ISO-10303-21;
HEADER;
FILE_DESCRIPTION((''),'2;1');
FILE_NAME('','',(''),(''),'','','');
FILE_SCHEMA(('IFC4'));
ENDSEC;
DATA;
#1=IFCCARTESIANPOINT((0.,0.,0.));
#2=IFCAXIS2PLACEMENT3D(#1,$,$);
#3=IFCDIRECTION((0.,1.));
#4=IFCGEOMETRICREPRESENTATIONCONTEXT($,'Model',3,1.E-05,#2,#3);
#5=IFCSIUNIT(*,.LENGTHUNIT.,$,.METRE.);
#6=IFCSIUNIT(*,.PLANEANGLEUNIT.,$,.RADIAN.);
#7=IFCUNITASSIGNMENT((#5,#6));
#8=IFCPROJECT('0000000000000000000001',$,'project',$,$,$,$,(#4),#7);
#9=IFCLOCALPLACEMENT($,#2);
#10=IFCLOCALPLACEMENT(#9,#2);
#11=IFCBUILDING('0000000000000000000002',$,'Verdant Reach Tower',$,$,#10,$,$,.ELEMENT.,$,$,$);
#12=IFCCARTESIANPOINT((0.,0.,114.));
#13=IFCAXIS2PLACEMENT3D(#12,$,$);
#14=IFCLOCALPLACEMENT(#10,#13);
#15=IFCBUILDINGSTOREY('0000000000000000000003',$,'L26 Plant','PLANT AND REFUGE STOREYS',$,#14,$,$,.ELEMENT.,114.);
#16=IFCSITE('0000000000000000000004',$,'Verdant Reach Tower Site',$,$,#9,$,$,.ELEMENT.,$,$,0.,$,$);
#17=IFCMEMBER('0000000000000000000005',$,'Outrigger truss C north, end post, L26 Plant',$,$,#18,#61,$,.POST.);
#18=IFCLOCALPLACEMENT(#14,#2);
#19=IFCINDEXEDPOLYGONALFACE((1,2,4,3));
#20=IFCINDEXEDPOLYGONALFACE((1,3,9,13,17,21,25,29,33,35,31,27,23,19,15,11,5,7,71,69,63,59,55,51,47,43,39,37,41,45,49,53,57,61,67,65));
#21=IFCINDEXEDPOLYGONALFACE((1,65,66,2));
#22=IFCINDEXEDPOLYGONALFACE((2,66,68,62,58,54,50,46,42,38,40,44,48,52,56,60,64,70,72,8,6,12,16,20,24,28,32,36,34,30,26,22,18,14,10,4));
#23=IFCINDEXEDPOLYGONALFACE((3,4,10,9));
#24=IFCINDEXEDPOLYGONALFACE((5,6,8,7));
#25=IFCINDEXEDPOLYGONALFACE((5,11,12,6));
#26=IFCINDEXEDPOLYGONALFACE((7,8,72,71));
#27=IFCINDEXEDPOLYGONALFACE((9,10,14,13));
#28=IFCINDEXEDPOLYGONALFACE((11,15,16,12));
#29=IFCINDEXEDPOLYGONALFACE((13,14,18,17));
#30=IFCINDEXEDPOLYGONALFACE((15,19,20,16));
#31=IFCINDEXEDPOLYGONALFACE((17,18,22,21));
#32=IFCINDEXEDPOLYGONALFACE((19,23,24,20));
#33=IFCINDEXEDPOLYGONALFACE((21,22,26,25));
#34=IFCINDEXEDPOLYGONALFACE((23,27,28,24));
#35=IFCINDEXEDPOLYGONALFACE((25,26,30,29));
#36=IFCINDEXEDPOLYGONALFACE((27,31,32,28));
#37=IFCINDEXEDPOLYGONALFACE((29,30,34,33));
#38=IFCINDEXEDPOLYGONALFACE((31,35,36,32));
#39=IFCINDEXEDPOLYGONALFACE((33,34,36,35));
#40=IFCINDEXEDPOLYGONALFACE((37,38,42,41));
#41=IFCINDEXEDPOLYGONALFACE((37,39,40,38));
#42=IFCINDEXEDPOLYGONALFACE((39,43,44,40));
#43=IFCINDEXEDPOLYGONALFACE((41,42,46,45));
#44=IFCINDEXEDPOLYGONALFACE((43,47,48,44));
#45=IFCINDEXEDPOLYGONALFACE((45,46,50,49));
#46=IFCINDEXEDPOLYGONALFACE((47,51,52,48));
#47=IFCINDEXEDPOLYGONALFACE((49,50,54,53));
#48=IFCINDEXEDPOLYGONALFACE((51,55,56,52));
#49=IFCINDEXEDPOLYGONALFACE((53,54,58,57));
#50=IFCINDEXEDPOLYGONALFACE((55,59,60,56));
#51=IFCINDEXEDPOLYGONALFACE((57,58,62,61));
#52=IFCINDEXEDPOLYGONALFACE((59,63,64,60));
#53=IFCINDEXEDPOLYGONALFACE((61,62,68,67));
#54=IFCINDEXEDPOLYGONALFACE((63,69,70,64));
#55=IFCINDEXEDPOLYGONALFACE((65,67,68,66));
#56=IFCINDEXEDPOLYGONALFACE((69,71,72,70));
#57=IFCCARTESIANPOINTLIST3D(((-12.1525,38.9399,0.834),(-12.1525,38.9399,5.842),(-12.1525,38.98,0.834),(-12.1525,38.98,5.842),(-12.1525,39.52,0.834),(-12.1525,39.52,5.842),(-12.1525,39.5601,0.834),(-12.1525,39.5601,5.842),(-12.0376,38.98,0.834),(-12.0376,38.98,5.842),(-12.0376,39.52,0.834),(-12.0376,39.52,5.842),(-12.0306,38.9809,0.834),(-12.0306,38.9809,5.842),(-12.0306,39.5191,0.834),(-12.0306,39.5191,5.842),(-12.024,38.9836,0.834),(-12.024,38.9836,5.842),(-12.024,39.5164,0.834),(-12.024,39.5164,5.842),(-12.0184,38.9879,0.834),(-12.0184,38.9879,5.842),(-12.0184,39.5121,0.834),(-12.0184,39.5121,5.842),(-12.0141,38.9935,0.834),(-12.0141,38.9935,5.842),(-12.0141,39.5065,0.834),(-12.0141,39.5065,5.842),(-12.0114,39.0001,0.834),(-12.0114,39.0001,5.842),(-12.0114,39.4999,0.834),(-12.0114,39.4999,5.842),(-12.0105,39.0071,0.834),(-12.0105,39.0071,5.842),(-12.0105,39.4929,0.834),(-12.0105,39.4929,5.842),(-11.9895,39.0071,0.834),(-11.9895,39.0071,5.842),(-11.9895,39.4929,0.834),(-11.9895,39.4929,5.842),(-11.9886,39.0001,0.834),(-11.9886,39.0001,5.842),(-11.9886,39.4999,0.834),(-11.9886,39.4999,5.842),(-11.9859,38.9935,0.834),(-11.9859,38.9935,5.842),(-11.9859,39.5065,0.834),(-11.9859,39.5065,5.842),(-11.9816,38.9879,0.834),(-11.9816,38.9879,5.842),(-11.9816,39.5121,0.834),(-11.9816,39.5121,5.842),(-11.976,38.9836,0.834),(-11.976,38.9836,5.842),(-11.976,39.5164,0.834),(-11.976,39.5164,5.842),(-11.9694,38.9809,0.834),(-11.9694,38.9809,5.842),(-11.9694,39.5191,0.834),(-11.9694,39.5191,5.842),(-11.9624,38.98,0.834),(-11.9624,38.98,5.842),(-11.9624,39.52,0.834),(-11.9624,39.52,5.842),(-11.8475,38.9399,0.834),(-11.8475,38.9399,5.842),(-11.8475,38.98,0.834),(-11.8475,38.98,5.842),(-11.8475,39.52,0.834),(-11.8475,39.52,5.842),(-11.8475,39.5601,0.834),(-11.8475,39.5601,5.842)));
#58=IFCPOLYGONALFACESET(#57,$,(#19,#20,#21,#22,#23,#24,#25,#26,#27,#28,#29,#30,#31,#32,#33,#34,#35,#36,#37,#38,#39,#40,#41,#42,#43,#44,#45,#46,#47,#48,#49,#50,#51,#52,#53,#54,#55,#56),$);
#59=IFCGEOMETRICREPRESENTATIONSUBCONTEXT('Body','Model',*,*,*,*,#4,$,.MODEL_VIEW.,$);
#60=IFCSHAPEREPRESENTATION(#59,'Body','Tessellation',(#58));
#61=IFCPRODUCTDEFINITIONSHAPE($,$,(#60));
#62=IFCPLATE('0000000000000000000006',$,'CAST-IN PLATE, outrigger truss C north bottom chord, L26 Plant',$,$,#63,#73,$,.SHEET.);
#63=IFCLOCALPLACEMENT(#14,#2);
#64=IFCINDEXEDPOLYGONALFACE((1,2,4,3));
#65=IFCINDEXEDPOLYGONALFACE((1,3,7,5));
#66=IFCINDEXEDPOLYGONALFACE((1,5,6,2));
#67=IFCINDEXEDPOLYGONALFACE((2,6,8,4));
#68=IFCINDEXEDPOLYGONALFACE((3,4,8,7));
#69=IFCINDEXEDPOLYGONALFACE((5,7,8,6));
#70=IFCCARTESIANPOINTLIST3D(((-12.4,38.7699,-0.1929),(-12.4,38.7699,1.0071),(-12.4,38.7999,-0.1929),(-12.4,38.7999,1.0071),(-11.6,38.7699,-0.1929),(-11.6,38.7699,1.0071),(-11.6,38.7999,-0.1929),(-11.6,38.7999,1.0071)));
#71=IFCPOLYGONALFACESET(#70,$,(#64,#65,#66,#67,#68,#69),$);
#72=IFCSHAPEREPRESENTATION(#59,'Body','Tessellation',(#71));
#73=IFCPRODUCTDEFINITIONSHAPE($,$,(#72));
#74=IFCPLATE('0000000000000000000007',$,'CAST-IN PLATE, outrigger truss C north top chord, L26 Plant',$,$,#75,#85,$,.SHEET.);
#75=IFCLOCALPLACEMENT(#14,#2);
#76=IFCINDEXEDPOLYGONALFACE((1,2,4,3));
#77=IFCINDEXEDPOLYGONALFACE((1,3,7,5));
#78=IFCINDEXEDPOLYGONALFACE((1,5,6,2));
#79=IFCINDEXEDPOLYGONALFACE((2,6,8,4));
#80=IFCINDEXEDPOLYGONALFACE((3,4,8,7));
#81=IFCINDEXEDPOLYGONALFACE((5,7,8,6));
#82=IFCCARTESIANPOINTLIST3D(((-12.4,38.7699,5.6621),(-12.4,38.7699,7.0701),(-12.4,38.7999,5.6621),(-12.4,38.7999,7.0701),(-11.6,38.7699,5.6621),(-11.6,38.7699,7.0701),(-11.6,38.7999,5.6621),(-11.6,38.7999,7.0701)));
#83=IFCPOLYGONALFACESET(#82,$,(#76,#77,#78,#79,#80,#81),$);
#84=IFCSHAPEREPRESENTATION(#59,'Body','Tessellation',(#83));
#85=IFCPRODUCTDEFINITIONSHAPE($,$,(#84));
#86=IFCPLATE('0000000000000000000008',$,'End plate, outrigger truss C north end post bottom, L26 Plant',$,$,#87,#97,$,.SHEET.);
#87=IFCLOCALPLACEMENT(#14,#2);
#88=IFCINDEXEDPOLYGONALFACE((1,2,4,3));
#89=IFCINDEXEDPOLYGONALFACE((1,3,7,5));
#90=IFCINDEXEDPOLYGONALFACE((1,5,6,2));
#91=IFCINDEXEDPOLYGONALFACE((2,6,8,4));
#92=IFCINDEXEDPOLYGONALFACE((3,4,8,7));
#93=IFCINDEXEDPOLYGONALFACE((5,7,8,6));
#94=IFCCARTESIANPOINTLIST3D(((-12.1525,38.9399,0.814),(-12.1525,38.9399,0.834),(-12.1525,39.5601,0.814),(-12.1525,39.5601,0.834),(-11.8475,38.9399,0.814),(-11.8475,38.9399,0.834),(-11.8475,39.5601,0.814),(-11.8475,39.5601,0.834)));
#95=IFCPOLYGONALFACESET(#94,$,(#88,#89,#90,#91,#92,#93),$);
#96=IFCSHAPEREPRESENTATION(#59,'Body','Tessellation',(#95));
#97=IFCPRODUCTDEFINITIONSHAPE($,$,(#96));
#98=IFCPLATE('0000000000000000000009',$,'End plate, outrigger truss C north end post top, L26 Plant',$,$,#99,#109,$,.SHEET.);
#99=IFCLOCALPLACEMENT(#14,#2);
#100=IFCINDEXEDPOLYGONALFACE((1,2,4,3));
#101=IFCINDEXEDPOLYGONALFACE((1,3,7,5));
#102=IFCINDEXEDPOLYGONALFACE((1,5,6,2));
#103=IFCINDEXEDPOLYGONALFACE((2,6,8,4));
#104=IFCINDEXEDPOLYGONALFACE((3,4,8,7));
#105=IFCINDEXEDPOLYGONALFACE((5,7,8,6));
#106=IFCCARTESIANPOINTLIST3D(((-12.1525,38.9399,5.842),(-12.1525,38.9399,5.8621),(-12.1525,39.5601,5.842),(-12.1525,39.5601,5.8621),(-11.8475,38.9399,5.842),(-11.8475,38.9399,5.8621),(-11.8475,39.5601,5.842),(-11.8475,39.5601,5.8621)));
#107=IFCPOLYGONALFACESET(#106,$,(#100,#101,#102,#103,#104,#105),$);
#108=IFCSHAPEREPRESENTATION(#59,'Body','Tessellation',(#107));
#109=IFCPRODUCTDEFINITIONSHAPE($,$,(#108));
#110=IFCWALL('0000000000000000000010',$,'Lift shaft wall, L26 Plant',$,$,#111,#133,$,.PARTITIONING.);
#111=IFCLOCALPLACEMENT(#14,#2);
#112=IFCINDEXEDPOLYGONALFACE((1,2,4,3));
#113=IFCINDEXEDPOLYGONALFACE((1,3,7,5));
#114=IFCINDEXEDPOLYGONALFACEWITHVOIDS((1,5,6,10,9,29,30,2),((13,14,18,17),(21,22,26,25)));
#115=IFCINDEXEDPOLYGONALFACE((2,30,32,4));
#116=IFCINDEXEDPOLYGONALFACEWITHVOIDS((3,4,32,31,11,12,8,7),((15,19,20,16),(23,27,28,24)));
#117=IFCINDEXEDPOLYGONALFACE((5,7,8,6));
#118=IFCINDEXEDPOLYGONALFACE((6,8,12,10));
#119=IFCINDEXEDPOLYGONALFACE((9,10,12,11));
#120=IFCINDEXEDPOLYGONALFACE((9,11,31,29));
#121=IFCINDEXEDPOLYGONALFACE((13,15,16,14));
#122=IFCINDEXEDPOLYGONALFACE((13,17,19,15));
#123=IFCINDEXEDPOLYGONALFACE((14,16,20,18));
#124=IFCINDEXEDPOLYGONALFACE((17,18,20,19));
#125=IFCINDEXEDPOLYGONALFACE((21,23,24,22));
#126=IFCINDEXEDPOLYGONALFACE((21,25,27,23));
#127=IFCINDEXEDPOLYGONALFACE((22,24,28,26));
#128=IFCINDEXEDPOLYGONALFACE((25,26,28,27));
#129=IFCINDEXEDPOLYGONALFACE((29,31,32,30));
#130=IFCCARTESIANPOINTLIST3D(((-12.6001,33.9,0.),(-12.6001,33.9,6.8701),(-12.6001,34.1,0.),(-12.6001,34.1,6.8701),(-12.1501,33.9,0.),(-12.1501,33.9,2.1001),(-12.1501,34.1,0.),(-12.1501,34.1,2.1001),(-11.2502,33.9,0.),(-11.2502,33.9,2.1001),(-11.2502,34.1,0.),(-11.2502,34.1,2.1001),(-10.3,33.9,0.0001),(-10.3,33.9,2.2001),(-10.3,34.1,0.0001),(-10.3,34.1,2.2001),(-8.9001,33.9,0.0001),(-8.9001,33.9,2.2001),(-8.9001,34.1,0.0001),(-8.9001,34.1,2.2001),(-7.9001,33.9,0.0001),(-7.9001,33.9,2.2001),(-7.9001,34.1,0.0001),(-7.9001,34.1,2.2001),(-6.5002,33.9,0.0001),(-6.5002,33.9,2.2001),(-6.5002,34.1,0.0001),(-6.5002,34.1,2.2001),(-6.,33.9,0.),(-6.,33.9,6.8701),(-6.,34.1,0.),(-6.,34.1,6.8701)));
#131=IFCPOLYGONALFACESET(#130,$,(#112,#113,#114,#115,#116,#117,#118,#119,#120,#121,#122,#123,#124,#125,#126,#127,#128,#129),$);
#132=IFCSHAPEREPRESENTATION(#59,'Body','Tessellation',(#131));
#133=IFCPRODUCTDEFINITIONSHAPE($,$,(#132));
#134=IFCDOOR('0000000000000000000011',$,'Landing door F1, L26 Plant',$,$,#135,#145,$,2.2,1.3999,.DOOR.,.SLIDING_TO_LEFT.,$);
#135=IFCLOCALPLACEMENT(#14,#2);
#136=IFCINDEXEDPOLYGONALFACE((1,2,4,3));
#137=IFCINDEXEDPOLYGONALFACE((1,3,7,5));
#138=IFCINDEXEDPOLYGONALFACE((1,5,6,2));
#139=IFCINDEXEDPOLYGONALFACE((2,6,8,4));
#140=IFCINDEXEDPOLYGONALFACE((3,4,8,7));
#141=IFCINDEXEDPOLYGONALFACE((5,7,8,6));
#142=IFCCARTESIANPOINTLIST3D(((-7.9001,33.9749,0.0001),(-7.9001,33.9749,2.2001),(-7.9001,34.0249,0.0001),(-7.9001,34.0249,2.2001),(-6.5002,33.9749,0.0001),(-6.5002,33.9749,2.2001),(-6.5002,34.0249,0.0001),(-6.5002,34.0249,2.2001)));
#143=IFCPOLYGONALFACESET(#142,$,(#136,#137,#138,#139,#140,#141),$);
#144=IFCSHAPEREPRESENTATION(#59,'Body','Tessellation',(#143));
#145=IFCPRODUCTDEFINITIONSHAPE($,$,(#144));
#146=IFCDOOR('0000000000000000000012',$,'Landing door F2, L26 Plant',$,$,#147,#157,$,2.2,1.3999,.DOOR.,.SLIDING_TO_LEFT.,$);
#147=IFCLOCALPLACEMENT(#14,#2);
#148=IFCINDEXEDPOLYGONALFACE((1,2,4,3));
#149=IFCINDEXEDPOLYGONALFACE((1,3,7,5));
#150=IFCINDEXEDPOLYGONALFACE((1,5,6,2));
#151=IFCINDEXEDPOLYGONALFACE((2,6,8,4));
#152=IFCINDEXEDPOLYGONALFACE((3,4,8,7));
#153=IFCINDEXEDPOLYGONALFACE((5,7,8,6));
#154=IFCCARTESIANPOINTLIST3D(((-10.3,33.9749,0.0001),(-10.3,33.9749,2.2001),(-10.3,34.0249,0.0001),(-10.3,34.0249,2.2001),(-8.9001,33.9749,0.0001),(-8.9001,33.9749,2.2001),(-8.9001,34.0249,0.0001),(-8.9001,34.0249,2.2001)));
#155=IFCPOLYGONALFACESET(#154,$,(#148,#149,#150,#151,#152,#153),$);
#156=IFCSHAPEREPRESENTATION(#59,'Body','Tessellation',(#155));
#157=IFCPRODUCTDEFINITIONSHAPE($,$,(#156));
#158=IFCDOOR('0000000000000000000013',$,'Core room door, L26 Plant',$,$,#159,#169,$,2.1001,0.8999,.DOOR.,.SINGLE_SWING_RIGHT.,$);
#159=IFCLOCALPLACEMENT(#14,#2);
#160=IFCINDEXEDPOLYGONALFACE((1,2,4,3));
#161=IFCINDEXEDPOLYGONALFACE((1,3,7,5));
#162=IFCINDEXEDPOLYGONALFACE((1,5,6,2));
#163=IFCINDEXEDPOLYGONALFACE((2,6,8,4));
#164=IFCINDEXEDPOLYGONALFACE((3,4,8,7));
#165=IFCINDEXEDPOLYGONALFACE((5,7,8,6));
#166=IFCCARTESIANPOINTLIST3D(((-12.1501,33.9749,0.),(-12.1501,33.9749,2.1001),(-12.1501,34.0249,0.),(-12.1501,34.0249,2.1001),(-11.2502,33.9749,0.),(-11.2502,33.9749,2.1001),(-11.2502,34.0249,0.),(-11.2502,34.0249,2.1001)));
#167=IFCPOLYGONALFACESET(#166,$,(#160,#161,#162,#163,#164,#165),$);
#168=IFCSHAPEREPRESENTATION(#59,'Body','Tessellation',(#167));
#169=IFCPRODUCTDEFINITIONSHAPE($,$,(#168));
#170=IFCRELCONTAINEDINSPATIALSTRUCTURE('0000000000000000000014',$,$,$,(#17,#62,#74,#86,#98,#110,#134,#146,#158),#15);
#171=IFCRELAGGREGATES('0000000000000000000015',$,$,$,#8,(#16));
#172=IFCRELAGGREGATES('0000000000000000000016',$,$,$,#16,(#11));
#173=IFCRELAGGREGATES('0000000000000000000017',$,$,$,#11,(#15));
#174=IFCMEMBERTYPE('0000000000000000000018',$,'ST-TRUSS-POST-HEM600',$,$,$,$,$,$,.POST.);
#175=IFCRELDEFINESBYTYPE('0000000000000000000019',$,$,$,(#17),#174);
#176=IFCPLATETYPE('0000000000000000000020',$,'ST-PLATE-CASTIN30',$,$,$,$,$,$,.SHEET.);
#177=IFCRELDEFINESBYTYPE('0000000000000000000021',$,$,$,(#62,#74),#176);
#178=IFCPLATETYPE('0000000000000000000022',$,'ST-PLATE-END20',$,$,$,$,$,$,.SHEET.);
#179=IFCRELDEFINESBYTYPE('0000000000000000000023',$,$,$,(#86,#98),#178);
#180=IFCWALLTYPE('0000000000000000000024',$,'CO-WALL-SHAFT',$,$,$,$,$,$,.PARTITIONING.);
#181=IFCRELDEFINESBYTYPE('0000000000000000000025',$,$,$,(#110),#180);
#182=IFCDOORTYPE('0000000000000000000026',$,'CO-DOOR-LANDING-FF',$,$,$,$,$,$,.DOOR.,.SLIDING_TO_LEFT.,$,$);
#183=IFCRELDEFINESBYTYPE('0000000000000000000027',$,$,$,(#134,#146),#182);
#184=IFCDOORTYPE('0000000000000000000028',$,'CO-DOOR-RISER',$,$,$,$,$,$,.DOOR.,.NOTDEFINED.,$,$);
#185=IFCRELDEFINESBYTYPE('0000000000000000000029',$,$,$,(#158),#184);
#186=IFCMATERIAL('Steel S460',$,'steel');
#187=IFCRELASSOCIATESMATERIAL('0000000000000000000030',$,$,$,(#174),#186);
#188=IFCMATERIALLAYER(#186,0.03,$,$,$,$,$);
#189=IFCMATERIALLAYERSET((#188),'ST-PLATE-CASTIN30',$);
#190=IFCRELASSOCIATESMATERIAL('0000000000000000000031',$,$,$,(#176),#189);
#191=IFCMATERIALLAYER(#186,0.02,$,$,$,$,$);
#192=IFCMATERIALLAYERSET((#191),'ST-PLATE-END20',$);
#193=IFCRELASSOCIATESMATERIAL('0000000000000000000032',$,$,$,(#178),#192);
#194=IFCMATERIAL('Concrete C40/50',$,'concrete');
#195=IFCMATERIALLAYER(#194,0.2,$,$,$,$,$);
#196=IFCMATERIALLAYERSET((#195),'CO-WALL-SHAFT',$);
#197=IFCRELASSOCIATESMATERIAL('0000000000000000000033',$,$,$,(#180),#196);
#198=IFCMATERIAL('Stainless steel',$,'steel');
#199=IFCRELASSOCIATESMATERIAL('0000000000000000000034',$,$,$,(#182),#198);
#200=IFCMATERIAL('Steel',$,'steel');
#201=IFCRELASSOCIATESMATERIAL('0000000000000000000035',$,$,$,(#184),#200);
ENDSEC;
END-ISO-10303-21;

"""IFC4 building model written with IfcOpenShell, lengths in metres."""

from ifc_helpers import new_model, si_unit, direction, frame, frame_2d, origin, origin_2d, place, context, subcontext, project, spatial, rectangle, i_section, extrude, material, layer, layer_set, material_profile, profile_set, type_object, element, fill, save


model = new_model("IFC4")

# Units and contexts
model_context = context("Model", 3, precision=1e-05, world=origin(), true_north=direction((0.0, 1.0)))
body_context = subcontext(model_context, "Body", "Model", "MODEL_VIEW")
ifc_project = project(units=[si_unit("LENGTHUNIT", "METRE"), si_unit("PLANEANGLEUNIT", "RADIAN")], contexts=[model_context])

# Site, building, storey
site_placement = place(None, origin())
site = spatial("IfcSite", under=ifc_project, at=site_placement, Name="Verdant Reach Tower Site", CompositionType="ELEMENT", RefElevation=0.0)
building_placement = place(site_placement, origin())
building = spatial("IfcBuilding", under=site, at=building_placement, Name="Verdant Reach Tower", CompositionType="ELEMENT")
storey_placement = place(building_placement, frame((0.0, 0.0, 114.0)))
storey = spatial("IfcBuildingStorey", under=building, at=storey_placement, Name="L26 Plant", Description="PLANT AND REFUGE STOREYS", CompositionType="ELEMENT", Elevation=114.0)

# Member
ifc_material_1 = material(Name="Steel S460", Category="steel")
ifc_material_profile_1 = material_profile(ifc_material_1, i_section(OverallWidth=0.3049, OverallDepth=0.6201, WebThickness=0.021, FlangeThickness=0.04, FilletRadius=0.0271, at=origin_2d()), Name="HEM 600")
ifc_profile_set_1 = profile_set([ifc_material_profile_1], Name="Steel S460")
member_type_1 = type_object("IfcMemberType", Name="ST-TRUSS-POST-HEM600", PredefinedType="POST", material=ifc_profile_set_1)
member_1_placement = place(storey_placement, frame((-12.0, 39.25, 0.834), z_axis=(0.0, 0.0, 1.0), x_axis=(1.0, 0.0, 0.0)))
element("IfcMember", 1, at=member_1_placement, inside=storey, type_object=member_type_1, Name="Outrigger truss C north, end post, L26 Plant", PredefinedType="POST", context=body_context, shape_type="SweptSolid", body=[
    extrude(i_section(OverallWidth=0.3049, OverallDepth=0.6201, WebThickness=0.021, FlangeThickness=0.04, FilletRadius=0.0271, at=origin_2d()), origin(), (0.0, 0.0, 1.0), 5.0081),
])

# Plates
ifc_layer_1 = layer(ifc_material_1, 0.03)
ifc_layer_set_1 = layer_set([ifc_layer_1], Name="ST-PLATE-CASTIN30")
plate_type_1 = type_object("IfcPlateType", Name="ST-PLATE-CASTIN30", PredefinedType="SHEET", material=ifc_layer_set_1)
plate_1_placement = place(storey_placement, frame((-12.0, 38.7849, -0.1929), z_axis=(0.0, 0.0, 1.0), x_axis=(1.0, 0.0, 0.0)))
element("IfcPlate", 2, at=plate_1_placement, inside=storey, type_object=plate_type_1, Name="CAST-IN PLATE, outrigger truss C north bottom chord, L26 Plant", PredefinedType="SHEET", context=body_context, shape_type="SweptSolid", body=[
    extrude(rectangle(XDim=0.8, YDim=0.03, at=origin_2d()), origin(), (0.0, 0.0, 1.0), 1.2),
])
plate_2_placement = place(storey_placement, frame((-12.0, 38.7849, 5.6621), z_axis=(0.0, 0.0, 1.0), x_axis=(1.0, 0.0, 0.0)))
element("IfcPlate", 3, at=plate_2_placement, inside=storey, type_object=plate_type_1, Name="CAST-IN PLATE, outrigger truss C north top chord, L26 Plant", PredefinedType="SHEET", context=body_context, shape_type="SweptSolid", body=[
    extrude(rectangle(XDim=0.8, YDim=0.03, at=origin_2d()), origin(), (0.0, 0.0, 1.0), 1.408),
])
ifc_layer_2 = layer(ifc_material_1, 0.02)
ifc_layer_set_2 = layer_set([ifc_layer_2], Name="ST-PLATE-END20")
plate_type_2 = type_object("IfcPlateType", Name="ST-PLATE-END20", PredefinedType="SHEET", material=ifc_layer_set_2)
for number, where, z_axis, x_axis, name in (
    (4, (-12.0, 39.25, 0.814), (0.0, 0.0, 1.0), (1.0, 0.0, 0.0), "End plate, outrigger truss C north end post bottom, L26 Plant"),
    (5, (-12.0, 39.25, 5.842), (0.0, 0.0, 1.0), (1.0, 0.0, 0.0), "End plate, outrigger truss C north end post top, L26 Plant"),
):
    element("IfcPlate", number, at=place(storey_placement, frame(where, z_axis=z_axis, x_axis=x_axis)), inside=storey, type_object=plate_type_2, Name=name, PredefinedType="SHEET", context=body_context, shape_type="SweptSolid", body=[
        extrude(rectangle(XDim=0.3049, YDim=0.6201, at=origin_2d()), origin(), (0.0, 0.0, 1.0), 0.02),
    ])

# Wall, openings, doors
ifc_material_2 = material(Name="Concrete C40/50", Category="concrete")
ifc_layer_3 = layer(ifc_material_2, 0.2)
ifc_layer_set_3 = layer_set([ifc_layer_3], Name="CO-WALL-SHAFT")
wall_type_1 = type_object("IfcWallType", Name="CO-WALL-SHAFT", PredefinedType="PARTITIONING", material=ifc_layer_set_3)
wall_1_placement = place(storey_placement, frame((-12.6001, 34.0, 0.0), z_axis=(0.0, 0.0, 1.0), x_axis=(1.0, 0.0, 0.0)))
wall_1 = element("IfcWall", 6, at=wall_1_placement, inside=storey, type_object=wall_type_1, Name="Lift shaft wall, L26 Plant", PredefinedType="PARTITIONING", context=body_context, shape_type="SweptSolid", body=[
    extrude(rectangle(XDim=6.6001, YDim=0.2, at=frame_2d((3.3, 0.0))), origin(), (0.0, 0.0, 1.0), 6.8701),
])
opening_1_placement = place(wall_1_placement, frame((4.7, 0.0, 0.0)))
opening_1 = element("IfcOpeningElement", 7, at=opening_1_placement, cuts=wall_1, PredefinedType="OPENING", context=body_context, shape_type="SweptSolid", body=[
    extrude(rectangle(XDim=1.3999, YDim=2.2, at=frame_2d((0.7, 1.1001))), frame((0.0, 0.1099, 0.0), z_axis=(0.0, -1.0, 0.0), x_axis=(1.0, 0.0, 0.0)), (0.0, 0.0, 1.0), 0.22),
])
opening_2_placement = place(wall_1_placement, frame((2.3, 0.0, 0.0)))
opening_2 = element("IfcOpeningElement", 8, at=opening_2_placement, cuts=wall_1, PredefinedType="OPENING", context=body_context, shape_type="SweptSolid", body=[
    extrude(rectangle(XDim=1.3999, YDim=2.2, at=frame_2d((0.7, 1.1001))), frame((0.0, 0.1099, 0.0), z_axis=(0.0, -1.0, 0.0), x_axis=(1.0, 0.0, 0.0)), (0.0, 0.0, 1.0), 0.22),
])
opening_3_placement = place(wall_1_placement, frame((0.45, 0.0, 0.0)))
opening_3 = element("IfcOpeningElement", 9, at=opening_3_placement, cuts=wall_1, PredefinedType="OPENING", context=body_context, shape_type="SweptSolid", body=[
    extrude(rectangle(XDim=0.8999, YDim=2.1001, at=frame_2d((0.45, 1.05))), frame((0.0, 0.1099, 0.0), z_axis=(0.0, -1.0, 0.0), x_axis=(1.0, 0.0, 0.0)), (0.0, 0.0, 1.0), 0.22),
])
ifc_material_3 = material(Name="Stainless steel", Category="steel")
door_type_1 = type_object("IfcDoorType", Name="CO-DOOR-LANDING-FF", OperationType="SLIDING_TO_LEFT", PredefinedType="DOOR", material=ifc_material_3)
door_1_placement = place(opening_1_placement, origin())
door_1 = element("IfcDoor", 10, at=door_1_placement, inside=storey, type_object=door_type_1, Name="Landing door F1, L26 Plant", OperationType="SLIDING_TO_LEFT", OverallHeight=2.2, OverallWidth=1.3999, PredefinedType="DOOR", context=body_context, shape_type="SweptSolid", body=[
    extrude(rectangle(XDim=1.3999, YDim=2.2, at=frame_2d((0.7, 1.1001))), frame((0.0, 0.0249, 0.0), z_axis=(0.0, -1.0, 0.0), x_axis=(1.0, 0.0, 0.0)), (0.0, 0.0, 1.0), 0.05),
])
fill(opening_1, door_1)
door_2_placement = place(opening_2_placement, origin())
door_2 = element("IfcDoor", 11, at=door_2_placement, inside=storey, type_object=door_type_1, Name="Landing door F2, L26 Plant", OperationType="SLIDING_TO_LEFT", OverallHeight=2.2, OverallWidth=1.3999, PredefinedType="DOOR", context=body_context, shape_type="SweptSolid", body=[
    extrude(rectangle(XDim=1.3999, YDim=2.2, at=frame_2d((0.7, 1.1001))), frame((0.0, 0.0249, 0.0), z_axis=(0.0, -1.0, 0.0), x_axis=(1.0, 0.0, 0.0)), (0.0, 0.0, 1.0), 0.05),
])
fill(opening_2, door_2)
ifc_material_4 = material(Name="Steel", Category="steel")
door_type_2 = type_object("IfcDoorType", Name="CO-DOOR-RISER", OperationType="NOTDEFINED", PredefinedType="DOOR", material=ifc_material_4)
door_3_placement = place(opening_3_placement, origin())
door_3 = element("IfcDoor", 12, at=door_3_placement, inside=storey, type_object=door_type_2, Name="Core room door, L26 Plant", OperationType="SINGLE_SWING_RIGHT", OverallHeight=2.1001, OverallWidth=0.8999, PredefinedType="DOOR", context=body_context, shape_type="SweptSolid", body=[
    extrude(rectangle(XDim=0.8999, YDim=2.1001, at=frame_2d((0.45, 1.05))), frame((0.0, 0.0249, 0.0), z_axis=(0.0, -1.0, 0.0), x_axis=(1.0, 0.0, 0.0)), (0.0, 0.0, 1.0), 0.05),
])
fill(opening_3, door_3)

save(model, "model.ifc")
